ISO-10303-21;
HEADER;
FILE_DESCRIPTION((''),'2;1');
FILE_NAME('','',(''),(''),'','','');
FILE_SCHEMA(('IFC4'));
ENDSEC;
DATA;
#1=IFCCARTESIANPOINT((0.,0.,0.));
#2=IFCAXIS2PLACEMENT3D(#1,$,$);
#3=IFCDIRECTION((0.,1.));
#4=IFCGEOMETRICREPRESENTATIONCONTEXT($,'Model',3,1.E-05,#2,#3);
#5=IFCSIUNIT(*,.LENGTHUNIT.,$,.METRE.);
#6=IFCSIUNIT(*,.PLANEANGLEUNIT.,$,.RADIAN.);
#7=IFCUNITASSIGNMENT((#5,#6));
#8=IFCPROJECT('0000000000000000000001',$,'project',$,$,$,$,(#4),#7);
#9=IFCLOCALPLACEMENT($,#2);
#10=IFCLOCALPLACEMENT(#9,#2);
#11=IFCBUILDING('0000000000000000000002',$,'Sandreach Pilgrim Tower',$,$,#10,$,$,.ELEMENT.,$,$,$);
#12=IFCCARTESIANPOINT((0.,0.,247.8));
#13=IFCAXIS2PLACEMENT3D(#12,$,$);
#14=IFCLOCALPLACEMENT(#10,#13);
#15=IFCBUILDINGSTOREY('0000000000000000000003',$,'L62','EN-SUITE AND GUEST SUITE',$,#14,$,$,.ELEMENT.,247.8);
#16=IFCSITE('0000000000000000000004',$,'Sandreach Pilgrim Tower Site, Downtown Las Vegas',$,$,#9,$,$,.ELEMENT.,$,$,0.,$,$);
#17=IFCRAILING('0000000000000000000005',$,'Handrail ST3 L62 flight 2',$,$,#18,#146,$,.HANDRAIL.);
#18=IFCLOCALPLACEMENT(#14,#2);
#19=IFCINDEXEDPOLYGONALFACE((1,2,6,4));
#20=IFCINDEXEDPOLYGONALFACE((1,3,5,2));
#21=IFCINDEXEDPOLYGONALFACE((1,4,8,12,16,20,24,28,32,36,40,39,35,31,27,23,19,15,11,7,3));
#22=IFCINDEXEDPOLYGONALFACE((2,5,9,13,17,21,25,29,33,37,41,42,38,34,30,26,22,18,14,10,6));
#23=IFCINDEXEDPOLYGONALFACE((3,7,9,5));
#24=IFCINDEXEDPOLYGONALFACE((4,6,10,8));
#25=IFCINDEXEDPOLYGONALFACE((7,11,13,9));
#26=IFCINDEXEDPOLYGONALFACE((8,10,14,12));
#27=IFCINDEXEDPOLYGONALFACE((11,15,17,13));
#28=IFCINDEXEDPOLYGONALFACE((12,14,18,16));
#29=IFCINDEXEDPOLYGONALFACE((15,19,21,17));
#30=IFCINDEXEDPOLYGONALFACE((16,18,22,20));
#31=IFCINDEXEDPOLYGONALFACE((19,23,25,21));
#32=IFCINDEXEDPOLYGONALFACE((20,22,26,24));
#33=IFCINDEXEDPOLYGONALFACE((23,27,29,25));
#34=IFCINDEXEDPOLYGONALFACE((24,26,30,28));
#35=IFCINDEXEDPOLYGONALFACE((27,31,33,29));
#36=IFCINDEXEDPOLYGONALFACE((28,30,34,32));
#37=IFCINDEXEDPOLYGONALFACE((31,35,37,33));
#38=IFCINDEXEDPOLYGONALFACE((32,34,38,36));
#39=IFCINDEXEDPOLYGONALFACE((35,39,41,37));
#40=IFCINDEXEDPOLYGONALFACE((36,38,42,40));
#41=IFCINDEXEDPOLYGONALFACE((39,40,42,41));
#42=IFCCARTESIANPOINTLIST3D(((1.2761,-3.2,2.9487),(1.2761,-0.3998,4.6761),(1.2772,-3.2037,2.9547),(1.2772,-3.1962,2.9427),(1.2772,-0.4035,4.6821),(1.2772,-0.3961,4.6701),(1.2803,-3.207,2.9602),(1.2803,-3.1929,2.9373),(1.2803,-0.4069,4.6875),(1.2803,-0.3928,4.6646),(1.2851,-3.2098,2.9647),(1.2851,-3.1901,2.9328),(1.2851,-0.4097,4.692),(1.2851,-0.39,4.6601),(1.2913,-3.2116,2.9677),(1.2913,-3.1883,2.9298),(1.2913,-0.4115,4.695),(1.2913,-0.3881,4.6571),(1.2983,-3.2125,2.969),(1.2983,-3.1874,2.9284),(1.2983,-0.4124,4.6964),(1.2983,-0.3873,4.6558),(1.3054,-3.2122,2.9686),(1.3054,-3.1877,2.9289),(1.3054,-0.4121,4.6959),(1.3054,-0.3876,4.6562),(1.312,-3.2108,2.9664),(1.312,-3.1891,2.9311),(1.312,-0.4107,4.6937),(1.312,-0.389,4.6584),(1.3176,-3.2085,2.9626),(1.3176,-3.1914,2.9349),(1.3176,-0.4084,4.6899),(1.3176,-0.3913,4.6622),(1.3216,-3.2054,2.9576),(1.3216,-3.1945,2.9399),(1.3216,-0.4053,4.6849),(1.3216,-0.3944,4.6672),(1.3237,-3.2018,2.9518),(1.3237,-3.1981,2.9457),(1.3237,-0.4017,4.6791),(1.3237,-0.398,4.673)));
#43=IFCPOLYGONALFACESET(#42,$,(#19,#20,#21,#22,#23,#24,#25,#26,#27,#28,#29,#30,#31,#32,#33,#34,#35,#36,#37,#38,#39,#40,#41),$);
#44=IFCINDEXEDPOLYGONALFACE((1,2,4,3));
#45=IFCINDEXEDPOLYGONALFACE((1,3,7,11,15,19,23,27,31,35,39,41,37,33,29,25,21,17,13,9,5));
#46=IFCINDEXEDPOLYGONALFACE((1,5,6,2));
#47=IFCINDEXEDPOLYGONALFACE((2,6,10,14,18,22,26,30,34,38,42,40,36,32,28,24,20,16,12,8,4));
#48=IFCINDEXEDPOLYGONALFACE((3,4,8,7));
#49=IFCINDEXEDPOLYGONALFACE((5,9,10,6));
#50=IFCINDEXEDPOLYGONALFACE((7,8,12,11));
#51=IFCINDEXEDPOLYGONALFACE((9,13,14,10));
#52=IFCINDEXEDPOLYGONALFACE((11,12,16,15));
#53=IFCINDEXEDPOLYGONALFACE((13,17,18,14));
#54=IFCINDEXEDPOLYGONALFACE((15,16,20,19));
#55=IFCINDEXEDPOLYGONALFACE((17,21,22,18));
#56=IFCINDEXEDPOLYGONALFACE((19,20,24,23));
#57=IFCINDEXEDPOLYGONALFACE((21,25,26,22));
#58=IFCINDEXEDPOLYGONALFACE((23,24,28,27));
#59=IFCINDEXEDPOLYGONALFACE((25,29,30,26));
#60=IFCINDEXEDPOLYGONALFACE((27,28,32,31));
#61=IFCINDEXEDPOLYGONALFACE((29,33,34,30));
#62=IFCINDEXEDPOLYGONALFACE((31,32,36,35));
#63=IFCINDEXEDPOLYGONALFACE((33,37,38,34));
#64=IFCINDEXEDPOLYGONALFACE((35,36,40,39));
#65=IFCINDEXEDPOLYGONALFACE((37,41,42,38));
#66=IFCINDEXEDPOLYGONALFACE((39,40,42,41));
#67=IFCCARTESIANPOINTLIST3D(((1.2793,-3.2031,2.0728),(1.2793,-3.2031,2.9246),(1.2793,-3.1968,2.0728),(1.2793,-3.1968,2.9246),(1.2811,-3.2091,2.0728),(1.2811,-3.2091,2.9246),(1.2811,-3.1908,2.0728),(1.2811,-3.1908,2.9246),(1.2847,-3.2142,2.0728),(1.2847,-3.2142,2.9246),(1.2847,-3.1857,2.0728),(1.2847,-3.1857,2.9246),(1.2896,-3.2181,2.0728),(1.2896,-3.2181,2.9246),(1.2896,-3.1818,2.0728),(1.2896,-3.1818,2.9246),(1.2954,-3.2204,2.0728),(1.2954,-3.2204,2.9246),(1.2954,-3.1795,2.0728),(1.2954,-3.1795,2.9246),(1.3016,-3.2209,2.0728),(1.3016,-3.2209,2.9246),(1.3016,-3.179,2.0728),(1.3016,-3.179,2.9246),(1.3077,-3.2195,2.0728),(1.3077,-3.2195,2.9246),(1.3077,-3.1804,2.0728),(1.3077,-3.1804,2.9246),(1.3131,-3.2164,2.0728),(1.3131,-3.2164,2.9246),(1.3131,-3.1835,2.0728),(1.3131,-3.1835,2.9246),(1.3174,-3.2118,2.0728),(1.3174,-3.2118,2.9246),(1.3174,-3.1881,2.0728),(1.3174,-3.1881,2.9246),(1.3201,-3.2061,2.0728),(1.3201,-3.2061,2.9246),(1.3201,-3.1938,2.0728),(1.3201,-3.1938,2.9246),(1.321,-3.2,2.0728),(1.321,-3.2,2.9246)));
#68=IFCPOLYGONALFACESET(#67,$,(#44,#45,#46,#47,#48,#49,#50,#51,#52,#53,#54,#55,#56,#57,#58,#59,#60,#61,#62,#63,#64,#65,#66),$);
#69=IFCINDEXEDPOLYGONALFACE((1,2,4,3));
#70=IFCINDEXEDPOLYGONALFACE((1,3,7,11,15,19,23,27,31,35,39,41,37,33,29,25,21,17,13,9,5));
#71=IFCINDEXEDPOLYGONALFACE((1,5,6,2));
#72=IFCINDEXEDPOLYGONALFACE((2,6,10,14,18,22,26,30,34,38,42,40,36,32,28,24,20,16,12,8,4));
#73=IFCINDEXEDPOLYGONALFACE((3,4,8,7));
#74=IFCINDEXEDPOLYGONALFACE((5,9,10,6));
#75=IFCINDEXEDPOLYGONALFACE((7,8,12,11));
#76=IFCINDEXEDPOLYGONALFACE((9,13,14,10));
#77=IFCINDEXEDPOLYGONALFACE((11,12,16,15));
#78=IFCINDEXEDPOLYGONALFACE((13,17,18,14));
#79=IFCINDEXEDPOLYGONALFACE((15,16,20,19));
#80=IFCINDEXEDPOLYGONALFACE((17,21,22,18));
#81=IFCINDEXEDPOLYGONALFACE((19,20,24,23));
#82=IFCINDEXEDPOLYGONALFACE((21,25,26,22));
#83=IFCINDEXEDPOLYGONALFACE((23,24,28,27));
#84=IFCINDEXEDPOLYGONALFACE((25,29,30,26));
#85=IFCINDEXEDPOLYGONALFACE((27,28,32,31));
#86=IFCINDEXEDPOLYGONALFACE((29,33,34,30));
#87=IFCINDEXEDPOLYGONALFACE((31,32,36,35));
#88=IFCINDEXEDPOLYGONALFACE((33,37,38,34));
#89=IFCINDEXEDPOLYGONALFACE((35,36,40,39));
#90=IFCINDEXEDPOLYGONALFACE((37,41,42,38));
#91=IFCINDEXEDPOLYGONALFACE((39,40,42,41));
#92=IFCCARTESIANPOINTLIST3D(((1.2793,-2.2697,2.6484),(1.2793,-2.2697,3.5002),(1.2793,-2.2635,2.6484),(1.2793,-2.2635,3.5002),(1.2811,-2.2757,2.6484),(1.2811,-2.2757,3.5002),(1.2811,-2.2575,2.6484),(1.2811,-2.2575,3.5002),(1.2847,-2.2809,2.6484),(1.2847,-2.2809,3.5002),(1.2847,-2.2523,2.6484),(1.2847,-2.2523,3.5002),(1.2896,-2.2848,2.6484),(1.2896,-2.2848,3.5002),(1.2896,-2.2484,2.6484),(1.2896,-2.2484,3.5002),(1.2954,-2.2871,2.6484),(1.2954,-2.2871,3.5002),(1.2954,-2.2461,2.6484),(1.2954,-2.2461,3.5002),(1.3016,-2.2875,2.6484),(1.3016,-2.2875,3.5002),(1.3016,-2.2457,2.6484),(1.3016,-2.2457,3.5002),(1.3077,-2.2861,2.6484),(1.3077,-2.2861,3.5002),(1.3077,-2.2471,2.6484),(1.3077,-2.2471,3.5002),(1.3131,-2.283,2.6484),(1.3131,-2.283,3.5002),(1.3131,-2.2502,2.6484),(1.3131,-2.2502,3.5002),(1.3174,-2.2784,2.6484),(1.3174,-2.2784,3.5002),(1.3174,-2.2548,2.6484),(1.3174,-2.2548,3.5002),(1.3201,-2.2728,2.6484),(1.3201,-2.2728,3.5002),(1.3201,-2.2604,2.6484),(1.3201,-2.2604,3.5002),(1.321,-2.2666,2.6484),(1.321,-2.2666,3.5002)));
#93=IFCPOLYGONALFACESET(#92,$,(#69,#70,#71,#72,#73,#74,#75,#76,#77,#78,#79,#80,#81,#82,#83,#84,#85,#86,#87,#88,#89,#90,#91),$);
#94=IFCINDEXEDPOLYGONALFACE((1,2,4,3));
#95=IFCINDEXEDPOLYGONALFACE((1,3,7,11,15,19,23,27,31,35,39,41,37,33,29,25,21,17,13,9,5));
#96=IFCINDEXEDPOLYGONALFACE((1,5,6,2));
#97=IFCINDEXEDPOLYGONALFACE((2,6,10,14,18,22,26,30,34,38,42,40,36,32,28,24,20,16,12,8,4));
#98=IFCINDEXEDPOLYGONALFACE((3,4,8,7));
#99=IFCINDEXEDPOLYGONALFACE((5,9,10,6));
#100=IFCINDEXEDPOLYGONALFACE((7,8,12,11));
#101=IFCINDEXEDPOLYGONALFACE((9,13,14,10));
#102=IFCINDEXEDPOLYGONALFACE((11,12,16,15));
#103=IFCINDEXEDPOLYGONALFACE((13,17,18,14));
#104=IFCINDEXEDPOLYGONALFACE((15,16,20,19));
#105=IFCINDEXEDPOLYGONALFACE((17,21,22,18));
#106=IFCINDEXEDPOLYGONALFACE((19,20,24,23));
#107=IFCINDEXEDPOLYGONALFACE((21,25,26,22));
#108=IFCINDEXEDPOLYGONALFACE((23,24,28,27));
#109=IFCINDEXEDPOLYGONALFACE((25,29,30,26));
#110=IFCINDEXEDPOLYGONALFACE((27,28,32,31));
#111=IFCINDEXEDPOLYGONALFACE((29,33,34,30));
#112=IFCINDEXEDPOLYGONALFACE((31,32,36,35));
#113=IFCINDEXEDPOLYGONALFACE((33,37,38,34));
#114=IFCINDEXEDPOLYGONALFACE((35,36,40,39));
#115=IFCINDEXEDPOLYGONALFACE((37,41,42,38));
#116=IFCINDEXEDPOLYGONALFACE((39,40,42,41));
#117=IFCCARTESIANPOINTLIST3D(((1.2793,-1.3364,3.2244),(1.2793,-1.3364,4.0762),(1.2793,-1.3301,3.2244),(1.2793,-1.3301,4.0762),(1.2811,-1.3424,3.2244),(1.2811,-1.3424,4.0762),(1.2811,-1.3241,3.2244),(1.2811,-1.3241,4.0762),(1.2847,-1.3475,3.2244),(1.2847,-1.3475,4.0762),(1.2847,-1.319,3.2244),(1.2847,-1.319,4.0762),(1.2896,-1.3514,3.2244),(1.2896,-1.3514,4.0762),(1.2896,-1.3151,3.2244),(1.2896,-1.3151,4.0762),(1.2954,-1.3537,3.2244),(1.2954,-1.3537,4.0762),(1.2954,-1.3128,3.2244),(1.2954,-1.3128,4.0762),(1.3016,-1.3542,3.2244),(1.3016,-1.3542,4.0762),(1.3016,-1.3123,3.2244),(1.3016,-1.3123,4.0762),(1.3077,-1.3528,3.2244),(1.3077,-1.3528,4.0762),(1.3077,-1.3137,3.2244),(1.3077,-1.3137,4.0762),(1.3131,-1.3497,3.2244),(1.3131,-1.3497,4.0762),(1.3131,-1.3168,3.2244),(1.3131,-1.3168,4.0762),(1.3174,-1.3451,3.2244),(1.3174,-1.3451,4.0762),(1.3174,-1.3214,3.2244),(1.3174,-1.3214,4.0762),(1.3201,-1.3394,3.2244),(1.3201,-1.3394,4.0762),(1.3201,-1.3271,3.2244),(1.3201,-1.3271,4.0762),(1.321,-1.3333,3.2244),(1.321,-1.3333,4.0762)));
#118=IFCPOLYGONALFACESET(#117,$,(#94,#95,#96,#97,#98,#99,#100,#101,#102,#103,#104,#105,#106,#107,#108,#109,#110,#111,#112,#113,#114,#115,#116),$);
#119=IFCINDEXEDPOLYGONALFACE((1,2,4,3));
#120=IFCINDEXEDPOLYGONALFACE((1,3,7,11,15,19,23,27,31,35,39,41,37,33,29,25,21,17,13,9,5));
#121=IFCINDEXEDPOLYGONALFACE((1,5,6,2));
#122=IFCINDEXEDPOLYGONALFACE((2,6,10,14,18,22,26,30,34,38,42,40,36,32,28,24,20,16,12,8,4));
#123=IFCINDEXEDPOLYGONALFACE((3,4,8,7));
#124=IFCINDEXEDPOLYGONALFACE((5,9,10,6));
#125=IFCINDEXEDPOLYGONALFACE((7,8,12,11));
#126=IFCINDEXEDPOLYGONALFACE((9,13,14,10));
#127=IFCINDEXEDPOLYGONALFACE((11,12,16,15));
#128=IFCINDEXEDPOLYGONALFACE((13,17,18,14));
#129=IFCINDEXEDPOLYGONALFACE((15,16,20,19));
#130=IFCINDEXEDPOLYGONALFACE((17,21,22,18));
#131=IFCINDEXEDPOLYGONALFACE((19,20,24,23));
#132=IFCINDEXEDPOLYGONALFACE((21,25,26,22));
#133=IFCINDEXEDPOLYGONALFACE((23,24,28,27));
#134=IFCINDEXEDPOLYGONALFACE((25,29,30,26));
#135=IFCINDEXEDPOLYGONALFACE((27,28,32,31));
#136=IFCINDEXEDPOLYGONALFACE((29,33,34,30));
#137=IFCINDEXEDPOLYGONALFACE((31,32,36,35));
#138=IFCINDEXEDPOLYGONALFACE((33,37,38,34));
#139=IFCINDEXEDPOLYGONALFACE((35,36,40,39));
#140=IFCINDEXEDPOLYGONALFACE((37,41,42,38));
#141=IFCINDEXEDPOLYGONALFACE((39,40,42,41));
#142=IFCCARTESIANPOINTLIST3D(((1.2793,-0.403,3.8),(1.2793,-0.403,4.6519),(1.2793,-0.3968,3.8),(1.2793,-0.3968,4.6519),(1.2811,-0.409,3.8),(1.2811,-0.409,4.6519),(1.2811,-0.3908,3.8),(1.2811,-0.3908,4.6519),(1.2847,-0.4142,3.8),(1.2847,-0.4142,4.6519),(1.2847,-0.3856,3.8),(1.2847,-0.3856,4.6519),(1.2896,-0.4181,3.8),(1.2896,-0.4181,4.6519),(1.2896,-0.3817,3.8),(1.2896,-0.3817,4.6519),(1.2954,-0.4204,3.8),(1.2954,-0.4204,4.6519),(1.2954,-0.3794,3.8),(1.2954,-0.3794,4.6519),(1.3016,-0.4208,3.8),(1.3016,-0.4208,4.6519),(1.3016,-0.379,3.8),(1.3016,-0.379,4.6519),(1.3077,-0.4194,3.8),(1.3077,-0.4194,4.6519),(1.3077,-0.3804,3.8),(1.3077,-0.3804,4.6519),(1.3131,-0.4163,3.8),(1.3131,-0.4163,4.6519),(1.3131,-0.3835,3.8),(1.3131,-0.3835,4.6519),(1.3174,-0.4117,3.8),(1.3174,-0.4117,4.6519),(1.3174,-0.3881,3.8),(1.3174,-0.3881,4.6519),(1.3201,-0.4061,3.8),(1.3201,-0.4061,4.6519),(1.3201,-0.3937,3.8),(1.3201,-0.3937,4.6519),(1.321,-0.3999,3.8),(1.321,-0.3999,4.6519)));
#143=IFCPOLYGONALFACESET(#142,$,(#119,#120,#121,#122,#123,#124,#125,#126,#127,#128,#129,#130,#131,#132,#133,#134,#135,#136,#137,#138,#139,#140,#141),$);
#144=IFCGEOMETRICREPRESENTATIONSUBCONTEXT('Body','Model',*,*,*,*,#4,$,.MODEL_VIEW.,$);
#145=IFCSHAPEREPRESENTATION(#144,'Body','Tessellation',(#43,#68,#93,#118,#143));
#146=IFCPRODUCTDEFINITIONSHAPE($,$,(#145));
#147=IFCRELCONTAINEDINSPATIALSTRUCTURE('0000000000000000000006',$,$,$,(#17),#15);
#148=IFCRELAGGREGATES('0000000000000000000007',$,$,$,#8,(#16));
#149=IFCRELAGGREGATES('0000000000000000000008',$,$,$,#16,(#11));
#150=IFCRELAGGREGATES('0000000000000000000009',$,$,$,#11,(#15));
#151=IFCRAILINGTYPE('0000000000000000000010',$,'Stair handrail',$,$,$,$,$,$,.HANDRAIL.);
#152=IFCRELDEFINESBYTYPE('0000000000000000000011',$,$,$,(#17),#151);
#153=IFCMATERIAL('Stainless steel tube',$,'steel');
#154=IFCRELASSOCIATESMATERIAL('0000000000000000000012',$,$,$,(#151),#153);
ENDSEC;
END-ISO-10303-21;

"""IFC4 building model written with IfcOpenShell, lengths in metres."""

from ifc_helpers import new_model, si_unit, direction, frame, origin, origin_2d, place, context, subcontext, project, spatial, circle, extrude, material, type_object, element, save


model = new_model("IFC4")

# Units and contexts
model_context = context("Model", 3, precision=1e-05, world=origin(), true_north=direction((0.0, 1.0)))
body_context = subcontext(model_context, "Body", "Model", "MODEL_VIEW")
ifc_project = project(units=[si_unit("LENGTHUNIT", "METRE"), si_unit("PLANEANGLEUNIT", "RADIAN")], contexts=[model_context])

# Site, building, storey
site_placement = place(None, origin())
site = spatial("IfcSite", under=ifc_project, at=site_placement, Name="Sandreach Pilgrim Tower Site, Downtown Las Vegas", CompositionType="ELEMENT", RefElevation=0.0)
building_placement = place(site_placement, origin())
building = spatial("IfcBuilding", under=site, at=building_placement, Name="Sandreach Pilgrim Tower", CompositionType="ELEMENT")
storey_placement = place(building_placement, frame((0.0, 0.0, 247.8)))
storey = spatial("IfcBuildingStorey", under=building, at=storey_placement, Name="L62", Description="EN-SUITE AND GUEST SUITE", CompositionType="ELEMENT", Elevation=247.8)

# Railing
ifc_material_1 = material(Name="Stainless steel tube", Category="steel")
railing_type = type_object("IfcRailingType", Name="Stair handrail", PredefinedType="HANDRAIL", material=ifc_material_1)
for number, where, name in (
    (1, (1.3, -3.2, 2.0728), "Handrail ST3 L62 flight 2"),
):
    element("IfcRailing", number, at=place(storey_placement, frame(where)), inside=storey, type_object=railing_type, Name=name, PredefinedType="HANDRAIL", context=body_context, shape_type="SweptSolid", body=[
        extrude(circle(Radius=0.0239, at=origin_2d()), frame((0.0, 0.0, 0.876), z_axis=(0.0, 0.85109, 0.52502), x_axis=(-1.0, 0.0, 0.0)), (0.0, 0.0, 1.0), 3.29),
        extrude(circle(Radius=0.021, at=origin_2d()), origin(), (0.0, 0.0, 1.0), 0.8518),
        extrude(circle(Radius=0.021, at=origin_2d()), frame((0.0, 0.9333, 0.5757)), (0.0, 0.0, 1.0), 0.8518),
        extrude(circle(Radius=0.021, at=origin_2d()), frame((0.0, 1.8667, 1.1516)), (0.0, 0.0, 1.0), 0.8518),
        extrude(circle(Radius=0.021, at=origin_2d()), frame((0.0, 2.8, 1.7273)), (0.0, 0.0, 1.0), 0.8518),
    ])

save(model, "model.ifc")
